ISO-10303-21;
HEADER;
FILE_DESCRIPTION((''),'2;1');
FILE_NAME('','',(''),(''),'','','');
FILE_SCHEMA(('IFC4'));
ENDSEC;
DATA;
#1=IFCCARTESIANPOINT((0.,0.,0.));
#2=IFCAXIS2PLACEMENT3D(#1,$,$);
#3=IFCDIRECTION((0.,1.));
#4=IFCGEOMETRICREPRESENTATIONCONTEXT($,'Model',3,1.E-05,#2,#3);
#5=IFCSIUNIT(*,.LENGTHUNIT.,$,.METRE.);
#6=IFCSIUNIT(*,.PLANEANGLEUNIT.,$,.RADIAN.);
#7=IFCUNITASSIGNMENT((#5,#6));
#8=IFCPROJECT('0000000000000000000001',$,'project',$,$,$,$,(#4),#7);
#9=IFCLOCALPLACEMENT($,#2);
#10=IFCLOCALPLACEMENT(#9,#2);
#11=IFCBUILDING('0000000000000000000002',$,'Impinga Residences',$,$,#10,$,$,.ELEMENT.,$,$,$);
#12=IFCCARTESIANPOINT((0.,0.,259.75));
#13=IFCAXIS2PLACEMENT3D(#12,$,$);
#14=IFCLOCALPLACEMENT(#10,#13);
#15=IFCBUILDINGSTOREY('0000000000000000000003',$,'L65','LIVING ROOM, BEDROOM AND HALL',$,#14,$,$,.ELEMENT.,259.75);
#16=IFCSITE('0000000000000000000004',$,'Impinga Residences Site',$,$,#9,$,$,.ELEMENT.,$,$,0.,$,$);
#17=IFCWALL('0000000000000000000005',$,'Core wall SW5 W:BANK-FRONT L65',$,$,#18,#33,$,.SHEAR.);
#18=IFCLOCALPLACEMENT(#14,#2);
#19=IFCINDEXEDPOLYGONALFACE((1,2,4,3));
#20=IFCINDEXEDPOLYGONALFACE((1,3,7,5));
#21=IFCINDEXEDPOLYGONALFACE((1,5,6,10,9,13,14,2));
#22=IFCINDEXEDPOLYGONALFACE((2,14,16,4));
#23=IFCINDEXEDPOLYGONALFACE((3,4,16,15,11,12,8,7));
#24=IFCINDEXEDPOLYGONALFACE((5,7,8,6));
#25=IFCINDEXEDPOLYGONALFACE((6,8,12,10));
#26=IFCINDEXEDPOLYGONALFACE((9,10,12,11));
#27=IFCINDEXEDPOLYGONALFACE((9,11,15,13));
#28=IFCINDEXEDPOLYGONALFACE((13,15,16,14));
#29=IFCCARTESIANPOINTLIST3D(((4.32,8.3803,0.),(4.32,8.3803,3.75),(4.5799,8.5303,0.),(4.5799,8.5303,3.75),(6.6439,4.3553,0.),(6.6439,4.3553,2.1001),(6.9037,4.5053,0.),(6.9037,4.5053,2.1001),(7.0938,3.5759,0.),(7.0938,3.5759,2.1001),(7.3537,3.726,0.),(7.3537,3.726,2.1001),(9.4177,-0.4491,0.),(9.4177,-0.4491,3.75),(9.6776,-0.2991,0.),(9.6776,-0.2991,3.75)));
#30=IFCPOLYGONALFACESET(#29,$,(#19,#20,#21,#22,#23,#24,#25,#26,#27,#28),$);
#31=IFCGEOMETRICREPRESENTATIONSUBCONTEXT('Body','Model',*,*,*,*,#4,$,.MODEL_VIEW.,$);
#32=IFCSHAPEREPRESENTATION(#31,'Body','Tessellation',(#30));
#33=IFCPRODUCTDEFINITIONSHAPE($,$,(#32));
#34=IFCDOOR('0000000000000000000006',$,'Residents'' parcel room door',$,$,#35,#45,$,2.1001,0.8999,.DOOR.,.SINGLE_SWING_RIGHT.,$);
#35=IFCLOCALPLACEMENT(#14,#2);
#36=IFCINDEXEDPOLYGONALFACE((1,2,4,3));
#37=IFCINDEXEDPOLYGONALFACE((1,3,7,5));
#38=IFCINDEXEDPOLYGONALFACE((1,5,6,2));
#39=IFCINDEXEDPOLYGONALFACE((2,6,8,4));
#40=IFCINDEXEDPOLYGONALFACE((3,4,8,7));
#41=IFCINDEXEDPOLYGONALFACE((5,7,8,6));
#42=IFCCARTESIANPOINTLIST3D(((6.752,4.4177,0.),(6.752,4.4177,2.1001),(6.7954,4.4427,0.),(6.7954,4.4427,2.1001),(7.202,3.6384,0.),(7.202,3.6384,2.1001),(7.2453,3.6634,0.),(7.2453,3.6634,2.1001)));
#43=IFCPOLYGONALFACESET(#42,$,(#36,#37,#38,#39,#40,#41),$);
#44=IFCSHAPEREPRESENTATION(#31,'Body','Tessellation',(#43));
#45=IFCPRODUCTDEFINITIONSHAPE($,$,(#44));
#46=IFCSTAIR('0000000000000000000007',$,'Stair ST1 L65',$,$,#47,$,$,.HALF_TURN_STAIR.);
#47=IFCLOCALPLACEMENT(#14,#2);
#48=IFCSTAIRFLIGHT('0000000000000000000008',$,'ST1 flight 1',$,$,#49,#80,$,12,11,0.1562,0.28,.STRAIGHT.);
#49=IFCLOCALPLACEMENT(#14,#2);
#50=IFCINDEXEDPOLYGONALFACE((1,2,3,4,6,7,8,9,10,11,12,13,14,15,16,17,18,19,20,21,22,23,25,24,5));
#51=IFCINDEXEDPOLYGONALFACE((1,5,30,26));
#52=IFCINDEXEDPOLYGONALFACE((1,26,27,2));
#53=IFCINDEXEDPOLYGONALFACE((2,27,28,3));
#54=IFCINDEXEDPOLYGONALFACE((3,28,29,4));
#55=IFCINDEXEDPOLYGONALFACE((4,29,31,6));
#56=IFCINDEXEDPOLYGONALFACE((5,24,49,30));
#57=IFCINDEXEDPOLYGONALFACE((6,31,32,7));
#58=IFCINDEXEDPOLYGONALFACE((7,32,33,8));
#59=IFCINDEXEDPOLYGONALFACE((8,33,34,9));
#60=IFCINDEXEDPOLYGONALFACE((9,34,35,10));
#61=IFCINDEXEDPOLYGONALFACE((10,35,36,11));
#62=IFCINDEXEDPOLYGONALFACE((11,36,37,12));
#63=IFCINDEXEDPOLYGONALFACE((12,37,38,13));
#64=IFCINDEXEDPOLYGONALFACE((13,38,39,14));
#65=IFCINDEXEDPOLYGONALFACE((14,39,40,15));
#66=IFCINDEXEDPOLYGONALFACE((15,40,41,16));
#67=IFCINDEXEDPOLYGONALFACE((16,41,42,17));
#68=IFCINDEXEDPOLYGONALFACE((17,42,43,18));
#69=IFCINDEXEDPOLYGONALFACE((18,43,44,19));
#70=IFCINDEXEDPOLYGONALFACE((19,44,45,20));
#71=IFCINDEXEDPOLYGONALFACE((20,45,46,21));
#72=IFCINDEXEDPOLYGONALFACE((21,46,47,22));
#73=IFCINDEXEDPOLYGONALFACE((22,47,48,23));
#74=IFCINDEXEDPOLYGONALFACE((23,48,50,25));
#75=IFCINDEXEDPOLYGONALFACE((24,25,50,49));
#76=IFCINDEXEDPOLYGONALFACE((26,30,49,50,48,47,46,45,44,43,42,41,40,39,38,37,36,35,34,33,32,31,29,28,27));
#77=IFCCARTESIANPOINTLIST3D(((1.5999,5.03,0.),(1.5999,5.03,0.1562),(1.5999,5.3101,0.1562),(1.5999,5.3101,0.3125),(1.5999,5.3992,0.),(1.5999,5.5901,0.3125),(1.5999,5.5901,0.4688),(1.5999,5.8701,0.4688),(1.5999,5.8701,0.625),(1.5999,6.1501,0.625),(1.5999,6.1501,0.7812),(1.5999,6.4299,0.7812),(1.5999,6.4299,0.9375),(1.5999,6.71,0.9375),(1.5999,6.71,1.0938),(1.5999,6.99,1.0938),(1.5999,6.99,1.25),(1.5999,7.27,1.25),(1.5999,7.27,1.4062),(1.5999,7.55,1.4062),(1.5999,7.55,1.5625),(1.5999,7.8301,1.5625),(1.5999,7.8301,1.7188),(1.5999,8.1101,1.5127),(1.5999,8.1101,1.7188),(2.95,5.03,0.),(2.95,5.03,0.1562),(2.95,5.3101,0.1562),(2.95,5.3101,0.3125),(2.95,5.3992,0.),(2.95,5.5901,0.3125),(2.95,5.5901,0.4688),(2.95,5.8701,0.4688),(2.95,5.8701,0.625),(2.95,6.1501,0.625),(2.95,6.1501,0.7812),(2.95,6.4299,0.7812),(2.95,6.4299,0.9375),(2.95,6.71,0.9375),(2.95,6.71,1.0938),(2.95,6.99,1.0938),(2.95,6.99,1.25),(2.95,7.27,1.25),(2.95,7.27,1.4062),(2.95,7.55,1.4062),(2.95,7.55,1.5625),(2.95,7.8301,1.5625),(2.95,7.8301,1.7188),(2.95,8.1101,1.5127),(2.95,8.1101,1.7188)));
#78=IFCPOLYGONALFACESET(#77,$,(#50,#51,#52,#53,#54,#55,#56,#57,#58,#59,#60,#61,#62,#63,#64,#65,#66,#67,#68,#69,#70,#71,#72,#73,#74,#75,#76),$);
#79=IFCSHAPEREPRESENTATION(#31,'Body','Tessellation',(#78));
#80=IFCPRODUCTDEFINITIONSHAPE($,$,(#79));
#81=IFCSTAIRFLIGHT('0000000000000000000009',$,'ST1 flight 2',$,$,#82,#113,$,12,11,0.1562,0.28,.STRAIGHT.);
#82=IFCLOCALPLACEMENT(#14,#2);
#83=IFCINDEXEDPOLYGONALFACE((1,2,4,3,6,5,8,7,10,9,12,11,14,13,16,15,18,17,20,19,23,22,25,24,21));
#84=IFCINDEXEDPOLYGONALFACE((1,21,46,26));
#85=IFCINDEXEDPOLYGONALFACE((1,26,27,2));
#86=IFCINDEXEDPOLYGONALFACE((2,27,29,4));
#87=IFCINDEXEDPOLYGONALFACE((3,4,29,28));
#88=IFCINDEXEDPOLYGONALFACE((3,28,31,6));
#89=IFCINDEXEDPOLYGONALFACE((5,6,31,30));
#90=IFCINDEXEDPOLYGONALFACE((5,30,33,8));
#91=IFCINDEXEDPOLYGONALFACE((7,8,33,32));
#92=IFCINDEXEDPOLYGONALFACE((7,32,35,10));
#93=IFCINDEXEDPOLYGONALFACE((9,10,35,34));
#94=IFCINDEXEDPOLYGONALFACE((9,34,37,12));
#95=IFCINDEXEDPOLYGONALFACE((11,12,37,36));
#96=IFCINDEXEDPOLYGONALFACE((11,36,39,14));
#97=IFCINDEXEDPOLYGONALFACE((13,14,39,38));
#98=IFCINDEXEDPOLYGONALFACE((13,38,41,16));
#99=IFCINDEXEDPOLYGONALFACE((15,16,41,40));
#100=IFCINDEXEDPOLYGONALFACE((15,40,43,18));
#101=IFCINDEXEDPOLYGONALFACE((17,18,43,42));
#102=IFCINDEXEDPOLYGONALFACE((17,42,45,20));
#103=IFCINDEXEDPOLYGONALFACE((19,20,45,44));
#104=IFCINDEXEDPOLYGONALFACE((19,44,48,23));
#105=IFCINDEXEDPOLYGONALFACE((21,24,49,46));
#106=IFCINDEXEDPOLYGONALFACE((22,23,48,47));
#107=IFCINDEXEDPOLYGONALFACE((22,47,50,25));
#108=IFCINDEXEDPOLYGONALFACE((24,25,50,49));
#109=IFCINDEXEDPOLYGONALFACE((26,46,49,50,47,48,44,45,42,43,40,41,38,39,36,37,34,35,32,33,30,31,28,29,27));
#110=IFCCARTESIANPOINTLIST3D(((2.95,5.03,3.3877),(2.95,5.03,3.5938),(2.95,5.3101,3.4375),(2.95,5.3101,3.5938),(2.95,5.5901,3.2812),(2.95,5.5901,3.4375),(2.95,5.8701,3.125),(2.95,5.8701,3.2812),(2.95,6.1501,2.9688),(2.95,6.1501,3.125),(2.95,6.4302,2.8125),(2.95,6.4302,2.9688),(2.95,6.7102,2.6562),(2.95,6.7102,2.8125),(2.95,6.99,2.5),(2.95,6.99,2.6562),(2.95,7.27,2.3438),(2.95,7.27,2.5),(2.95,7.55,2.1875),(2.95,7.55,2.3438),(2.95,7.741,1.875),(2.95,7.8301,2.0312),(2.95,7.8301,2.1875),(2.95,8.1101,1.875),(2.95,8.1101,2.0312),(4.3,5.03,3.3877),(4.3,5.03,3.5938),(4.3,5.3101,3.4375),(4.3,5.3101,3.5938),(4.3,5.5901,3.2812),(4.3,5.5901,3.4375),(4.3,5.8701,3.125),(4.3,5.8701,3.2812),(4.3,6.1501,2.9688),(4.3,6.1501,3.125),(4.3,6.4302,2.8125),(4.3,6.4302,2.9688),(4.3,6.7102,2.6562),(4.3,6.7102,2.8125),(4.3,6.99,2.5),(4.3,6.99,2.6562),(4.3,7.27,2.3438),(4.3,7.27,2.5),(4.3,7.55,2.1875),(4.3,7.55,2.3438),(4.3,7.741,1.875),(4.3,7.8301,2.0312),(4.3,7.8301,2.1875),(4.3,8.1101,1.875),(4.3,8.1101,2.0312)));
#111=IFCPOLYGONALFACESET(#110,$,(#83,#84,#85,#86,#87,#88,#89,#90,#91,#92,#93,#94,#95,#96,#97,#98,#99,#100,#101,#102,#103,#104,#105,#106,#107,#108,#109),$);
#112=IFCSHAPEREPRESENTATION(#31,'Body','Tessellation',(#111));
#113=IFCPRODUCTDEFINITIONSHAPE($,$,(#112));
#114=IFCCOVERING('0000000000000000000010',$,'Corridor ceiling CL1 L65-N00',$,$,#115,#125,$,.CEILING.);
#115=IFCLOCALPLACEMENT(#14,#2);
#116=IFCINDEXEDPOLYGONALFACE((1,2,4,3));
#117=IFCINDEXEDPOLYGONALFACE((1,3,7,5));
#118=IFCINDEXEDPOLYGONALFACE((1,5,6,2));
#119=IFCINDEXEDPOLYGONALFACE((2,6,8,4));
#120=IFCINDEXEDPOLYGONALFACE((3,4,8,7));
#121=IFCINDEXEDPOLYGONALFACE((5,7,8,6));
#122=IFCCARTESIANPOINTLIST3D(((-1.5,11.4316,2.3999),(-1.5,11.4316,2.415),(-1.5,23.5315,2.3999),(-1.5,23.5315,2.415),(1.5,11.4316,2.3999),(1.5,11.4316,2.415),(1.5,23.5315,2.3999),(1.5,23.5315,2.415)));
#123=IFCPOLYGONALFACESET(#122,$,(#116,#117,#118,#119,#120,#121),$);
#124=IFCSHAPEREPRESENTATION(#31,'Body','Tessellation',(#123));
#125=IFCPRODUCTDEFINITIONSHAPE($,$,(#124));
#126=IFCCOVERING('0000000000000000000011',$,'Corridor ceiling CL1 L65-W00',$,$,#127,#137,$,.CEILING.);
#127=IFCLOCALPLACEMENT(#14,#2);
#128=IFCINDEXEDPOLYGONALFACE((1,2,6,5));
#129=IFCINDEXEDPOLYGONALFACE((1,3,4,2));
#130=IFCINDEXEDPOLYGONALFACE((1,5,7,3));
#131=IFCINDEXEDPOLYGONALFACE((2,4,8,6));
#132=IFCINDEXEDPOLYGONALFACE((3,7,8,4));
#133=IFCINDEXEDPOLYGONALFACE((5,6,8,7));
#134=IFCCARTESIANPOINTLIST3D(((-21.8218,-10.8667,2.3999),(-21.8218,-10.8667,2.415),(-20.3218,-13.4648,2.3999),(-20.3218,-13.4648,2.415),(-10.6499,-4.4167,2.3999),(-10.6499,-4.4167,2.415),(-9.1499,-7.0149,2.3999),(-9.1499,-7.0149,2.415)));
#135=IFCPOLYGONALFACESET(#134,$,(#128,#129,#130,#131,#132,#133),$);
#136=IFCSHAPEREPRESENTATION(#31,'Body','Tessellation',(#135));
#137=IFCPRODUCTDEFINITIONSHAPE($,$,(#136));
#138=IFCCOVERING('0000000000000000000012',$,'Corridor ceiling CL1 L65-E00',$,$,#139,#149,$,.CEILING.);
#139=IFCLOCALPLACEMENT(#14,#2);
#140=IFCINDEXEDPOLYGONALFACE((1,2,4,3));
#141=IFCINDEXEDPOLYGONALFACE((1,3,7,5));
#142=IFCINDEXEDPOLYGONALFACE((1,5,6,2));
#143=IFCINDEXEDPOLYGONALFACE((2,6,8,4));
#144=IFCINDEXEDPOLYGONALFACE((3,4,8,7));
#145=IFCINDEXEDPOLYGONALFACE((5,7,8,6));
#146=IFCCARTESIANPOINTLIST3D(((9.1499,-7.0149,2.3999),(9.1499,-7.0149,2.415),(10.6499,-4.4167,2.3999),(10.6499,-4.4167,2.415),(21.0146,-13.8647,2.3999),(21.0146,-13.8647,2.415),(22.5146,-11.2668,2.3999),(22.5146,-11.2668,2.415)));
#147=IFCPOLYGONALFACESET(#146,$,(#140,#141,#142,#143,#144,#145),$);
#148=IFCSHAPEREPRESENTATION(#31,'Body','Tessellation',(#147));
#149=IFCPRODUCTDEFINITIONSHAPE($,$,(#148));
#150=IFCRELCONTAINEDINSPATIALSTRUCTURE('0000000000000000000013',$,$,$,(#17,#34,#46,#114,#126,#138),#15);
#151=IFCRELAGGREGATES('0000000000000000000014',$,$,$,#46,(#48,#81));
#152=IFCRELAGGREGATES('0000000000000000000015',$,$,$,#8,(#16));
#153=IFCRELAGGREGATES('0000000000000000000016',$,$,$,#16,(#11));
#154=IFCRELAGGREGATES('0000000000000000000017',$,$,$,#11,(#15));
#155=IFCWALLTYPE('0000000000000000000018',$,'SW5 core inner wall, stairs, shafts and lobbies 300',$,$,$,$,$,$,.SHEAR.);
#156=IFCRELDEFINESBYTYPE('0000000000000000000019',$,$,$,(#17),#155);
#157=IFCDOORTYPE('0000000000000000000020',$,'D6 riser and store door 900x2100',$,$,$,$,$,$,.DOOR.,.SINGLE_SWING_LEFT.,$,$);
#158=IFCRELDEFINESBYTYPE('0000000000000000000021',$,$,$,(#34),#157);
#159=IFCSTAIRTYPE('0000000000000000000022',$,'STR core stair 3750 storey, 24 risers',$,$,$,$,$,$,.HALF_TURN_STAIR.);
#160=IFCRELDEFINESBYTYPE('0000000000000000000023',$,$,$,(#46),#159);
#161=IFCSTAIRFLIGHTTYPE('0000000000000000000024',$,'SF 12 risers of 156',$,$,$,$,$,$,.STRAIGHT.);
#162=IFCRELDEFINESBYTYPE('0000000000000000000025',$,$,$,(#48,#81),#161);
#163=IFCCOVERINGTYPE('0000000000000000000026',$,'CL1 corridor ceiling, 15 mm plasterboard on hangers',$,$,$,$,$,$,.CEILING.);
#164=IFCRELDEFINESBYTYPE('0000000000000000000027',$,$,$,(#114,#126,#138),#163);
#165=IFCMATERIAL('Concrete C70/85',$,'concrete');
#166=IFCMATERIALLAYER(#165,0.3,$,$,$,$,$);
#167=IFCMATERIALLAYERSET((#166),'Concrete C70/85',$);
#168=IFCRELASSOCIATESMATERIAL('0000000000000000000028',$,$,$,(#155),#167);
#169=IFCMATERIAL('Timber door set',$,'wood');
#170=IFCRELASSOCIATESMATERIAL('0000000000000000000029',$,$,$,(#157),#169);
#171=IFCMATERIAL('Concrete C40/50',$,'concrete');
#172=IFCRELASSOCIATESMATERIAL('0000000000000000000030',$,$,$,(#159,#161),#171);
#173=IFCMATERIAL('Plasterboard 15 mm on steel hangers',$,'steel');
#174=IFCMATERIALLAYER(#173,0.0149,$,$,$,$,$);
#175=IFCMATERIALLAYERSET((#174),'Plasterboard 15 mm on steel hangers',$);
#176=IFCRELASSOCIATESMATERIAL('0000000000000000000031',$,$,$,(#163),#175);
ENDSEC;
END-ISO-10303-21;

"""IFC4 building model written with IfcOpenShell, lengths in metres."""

from ifc_helpers import new_model, si_unit, direction, frame, frame_2d, origin, place, context, subcontext, project, spatial, polyline, rectangle, outline, extrude, material, layer, layer_set, type_object, element, fill, aggregate, save


model = new_model("IFC4")

# Units and contexts
model_context = context("Model", 3, precision=1e-05, world=origin(), true_north=direction((0.0, 1.0)))
body_context = subcontext(model_context, "Body", "Model", "MODEL_VIEW")
ifc_project = project(units=[si_unit("LENGTHUNIT", "METRE"), si_unit("PLANEANGLEUNIT", "RADIAN")], contexts=[model_context])

# Site, building, storey
site_placement = place(None, origin())
site = spatial("IfcSite", under=ifc_project, at=site_placement, Name="Impinga Residences Site", CompositionType="ELEMENT", RefElevation=0.0)
building_placement = place(site_placement, origin())
building = spatial("IfcBuilding", under=site, at=building_placement, Name="Impinga Residences", CompositionType="ELEMENT")
storey_placement = place(building_placement, frame((0.0, 0.0, 259.75)))
storey = spatial("IfcBuildingStorey", under=building, at=storey_placement, Name="L65", Description="LIVING ROOM, BEDROOM AND HALL", CompositionType="ELEMENT", Elevation=259.75)

# Shared definitions
ifc_material_1 = material(Name="Concrete C40/50", Category="concrete")

# Shared definitions
ifc_material_2 = material(Name="Timber door set", Category="wood")

# Shared definitions
ifc_material_3 = material(Name="Concrete C70/85", Category="concrete")
ifc_layer_1 = layer(ifc_material_3, 0.3)
ifc_layer_set_1 = layer_set([ifc_layer_1], Name="Concrete C70/85")
wall_type_1 = type_object("IfcWallType", Name="SW5 core inner wall, stairs, shafts and lobbies 300", PredefinedType="SHEAR", material=ifc_layer_set_1)

# Wall, opening, door
wall_1_placement = place(storey_placement, frame((4.45, 8.4553, 0.0), z_axis=(0.0, 0.0, 1.0), x_axis=(0.500002, -0.866024, 0.0)))
wall_1 = element("IfcWall", 1, at=wall_1_placement, inside=storey, type_object=wall_type_1, Name="Core wall SW5 W:BANK-FRONT L65", PredefinedType="SHEAR", context=body_context, shape_type="SweptSolid", body=[
    extrude(rectangle(XDim=10.1953, YDim=0.3, at=frame_2d((5.0977, 0.0))), origin(), (0.0, 0.0, 1.0), 3.75),
])
opening_1_placement = place(wall_1_placement, frame((4.6477, 0.0, 0.0)))
opening_1 = element("IfcOpeningElement", 2, at=opening_1_placement, cuts=wall_1, PredefinedType="OPENING", context=body_context, shape_type="SweptSolid", body=[
    extrude(rectangle(XDim=0.8999, YDim=2.1001, at=frame_2d((0.45, 1.05))), frame((0.0, 0.1599, 0.0), z_axis=(0.0, -1.0, 0.0), x_axis=(1.0, 0.0, 0.0)), (0.0, 0.0, 1.0), 0.3201),
])
door_type_1 = type_object("IfcDoorType", Name="D6 riser and store door 900x2100", OperationType="SINGLE_SWING_LEFT", PredefinedType="DOOR", material=ifc_material_2)
door_1_placement = place(opening_1_placement, origin())
door_1 = element("IfcDoor", 3, at=door_1_placement, inside=storey, type_object=door_type_1, Name="Residents' parcel room door", OperationType="SINGLE_SWING_RIGHT", OverallHeight=2.1001, OverallWidth=0.8999, PredefinedType="DOOR", context=body_context, shape_type="SweptSolid", body=[
    extrude(rectangle(XDim=0.8999, YDim=2.1001, at=frame_2d((0.45, 1.05))), frame((0.0, 0.0249, 0.0), z_axis=(0.0, -1.0, 0.0), x_axis=(1.0, 0.0, 0.0)), (0.0, 0.0, 1.0), 0.05),
])
fill(opening_1, door_1)

# Stair, stair flights
stair_type_1 = type_object("IfcStairType", Name="STR core stair 3750 storey, 24 risers", PredefinedType="HALF_TURN_STAIR", material=ifc_material_1)
stair_1_placement = place(storey_placement, origin())
stair_1 = element("IfcStair", 4, at=stair_1_placement, inside=storey, type_object=stair_type_1, Name="Stair ST1 L65", PredefinedType="HALF_TURN_STAIR")
stair_flight_type = type_object("IfcStairFlightType", Name="SF 12 risers of 156", PredefinedType="STRAIGHT", material=ifc_material_1)
stair_flight_1_placement = place(storey_placement, frame((2.2749, 5.03, 0.0), z_axis=(0.0, 0.0, 1.0), x_axis=(0.0, 1.0, 0.0)))
stair_flight_1 = element("IfcStairFlight", 5, at=stair_flight_1_placement, type_object=stair_flight_type, Name="ST1 flight 1", NumberOfRisers=12, NumberOfTreads=11, PredefinedType="STRAIGHT", RiserHeight=0.1562, TreadLength=0.28, context=body_context, shape_type="SweptSolid", body=[
    extrude(outline(polyline([(0.0, 0.0), (0.0, 0.1562), (0.28, 0.1562), (0.28, 0.3125), (0.5601, 0.3125), (0.5601, 0.4688), (0.8401, 0.4688), (0.8401, 0.625), (1.1201, 0.625), (1.1201, 0.7812), (1.3999, 0.7812), (1.3999, 0.9375), (1.6799, 0.9375), (1.6799, 1.0938), (1.96, 1.0938), (1.96, 1.25), (2.24, 1.25), (2.24, 1.4062), (2.52, 1.4062), (2.52, 1.5625), (2.8, 1.5625), (2.8, 1.7188), (3.0801, 1.7188), (3.0801, 1.875), (3.0801, 1.5127), (0.3691, 0.0), (0.0, 0.0)])), frame((0.0, 0.675, 0.0), z_axis=(0.0, -1.0, 0.0), x_axis=(1.0, 0.0, 0.0)), (0.0, 0.0, 1.0), 1.3501),
])
stair_flight_2_placement = place(storey_placement, frame((3.625, 8.1101, 1.875), z_axis=(0.0, 0.0, 1.0), x_axis=(0.0, -1.0, 0.0)))
stair_flight_2 = element("IfcStairFlight", 6, at=stair_flight_2_placement, type_object=stair_flight_type, Name="ST1 flight 2", NumberOfRisers=12, NumberOfTreads=11, PredefinedType="STRAIGHT", RiserHeight=0.1562, TreadLength=0.28, context=body_context, shape_type="SweptSolid", body=[
    extrude(outline(polyline([(0.0, 0.0), (0.0, 0.1562), (0.28, 0.1562), (0.28, 0.3125), (0.5601, 0.3125), (0.5601, 0.4688), (0.8401, 0.4688), (0.8401, 0.625), (1.1201, 0.625), (1.1201, 0.7812), (1.3999, 0.7812), (1.3999, 0.9375), (1.6799, 0.9375), (1.6799, 1.0938), (1.96, 1.0938), (1.96, 1.25), (2.24, 1.25), (2.24, 1.4062), (2.52, 1.4062), (2.52, 1.5625), (2.8, 1.5625), (2.8, 1.7188), (3.0801, 1.7188), (3.0801, 1.875), (3.0801, 1.5127), (0.3691, 0.0), (0.0, 0.0)])), frame((0.0, 0.675, 0.0), z_axis=(0.0, -1.0, 0.0), x_axis=(1.0, 0.0, 0.0)), (0.0, 0.0, 1.0), 1.3501),
])
aggregate(stair_1, [stair_flight_1, stair_flight_2])

# Coverings
ifc_material_4 = material(Name="Plasterboard 15 mm on steel hangers", Category="steel")
ifc_layer_2 = layer(ifc_material_4, 0.0149)
ifc_layer_set_2 = layer_set([ifc_layer_2], Name="Plasterboard 15 mm on steel hangers")
covering_type_1 = type_object("IfcCoveringType", Name="CL1 corridor ceiling, 15 mm plasterboard on hangers", PredefinedType="CEILING", material=ifc_layer_set_2)
covering_1_placement = place(storey_placement, frame((0.0, 0.0, 2.3999)))
element("IfcCovering", 7, at=covering_1_placement, inside=storey, type_object=covering_type_1, Name="Corridor ceiling CL1 L65-N00", PredefinedType="CEILING", context=body_context, shape_type="SweptSolid", body=[
    extrude(outline(polyline([(-1.5, 11.4316), (1.5, 11.4316), (1.5, 23.5315), (-1.5, 23.5315), (-1.5, 11.4316)])), origin(), (0.0, 0.0, 1.0), 0.0151),
])
covering_2_placement = place(storey_placement, frame((0.0, 0.0, 2.3999)))
element("IfcCovering", 8, at=covering_2_placement, inside=storey, type_object=covering_type_1, Name="Corridor ceiling CL1 L65-W00", PredefinedType="CEILING", context=body_context, shape_type="SweptSolid", body=[
    extrude(outline(polyline([(-9.1499, -7.0149), (-10.6499, -4.4167), (-21.8218, -10.8667), (-20.3218, -13.4648), (-9.1499, -7.0149)])), origin(), (0.0, 0.0, 1.0), 0.0151),
])
covering_3_placement = place(storey_placement, frame((0.0, 0.0, 2.3999)))
element("IfcCovering", 9, at=covering_3_placement, inside=storey, type_object=covering_type_1, Name="Corridor ceiling CL1 L65-E00", PredefinedType="CEILING", context=body_context, shape_type="SweptSolid", body=[
    extrude(outline(polyline([(10.6499, -4.4167), (9.1499, -7.0149), (21.0146, -13.8647), (22.5146, -11.2668), (10.6499, -4.4167)])), origin(), (0.0, 0.0, 1.0), 0.0151),
])

save(model, "model.ifc")
